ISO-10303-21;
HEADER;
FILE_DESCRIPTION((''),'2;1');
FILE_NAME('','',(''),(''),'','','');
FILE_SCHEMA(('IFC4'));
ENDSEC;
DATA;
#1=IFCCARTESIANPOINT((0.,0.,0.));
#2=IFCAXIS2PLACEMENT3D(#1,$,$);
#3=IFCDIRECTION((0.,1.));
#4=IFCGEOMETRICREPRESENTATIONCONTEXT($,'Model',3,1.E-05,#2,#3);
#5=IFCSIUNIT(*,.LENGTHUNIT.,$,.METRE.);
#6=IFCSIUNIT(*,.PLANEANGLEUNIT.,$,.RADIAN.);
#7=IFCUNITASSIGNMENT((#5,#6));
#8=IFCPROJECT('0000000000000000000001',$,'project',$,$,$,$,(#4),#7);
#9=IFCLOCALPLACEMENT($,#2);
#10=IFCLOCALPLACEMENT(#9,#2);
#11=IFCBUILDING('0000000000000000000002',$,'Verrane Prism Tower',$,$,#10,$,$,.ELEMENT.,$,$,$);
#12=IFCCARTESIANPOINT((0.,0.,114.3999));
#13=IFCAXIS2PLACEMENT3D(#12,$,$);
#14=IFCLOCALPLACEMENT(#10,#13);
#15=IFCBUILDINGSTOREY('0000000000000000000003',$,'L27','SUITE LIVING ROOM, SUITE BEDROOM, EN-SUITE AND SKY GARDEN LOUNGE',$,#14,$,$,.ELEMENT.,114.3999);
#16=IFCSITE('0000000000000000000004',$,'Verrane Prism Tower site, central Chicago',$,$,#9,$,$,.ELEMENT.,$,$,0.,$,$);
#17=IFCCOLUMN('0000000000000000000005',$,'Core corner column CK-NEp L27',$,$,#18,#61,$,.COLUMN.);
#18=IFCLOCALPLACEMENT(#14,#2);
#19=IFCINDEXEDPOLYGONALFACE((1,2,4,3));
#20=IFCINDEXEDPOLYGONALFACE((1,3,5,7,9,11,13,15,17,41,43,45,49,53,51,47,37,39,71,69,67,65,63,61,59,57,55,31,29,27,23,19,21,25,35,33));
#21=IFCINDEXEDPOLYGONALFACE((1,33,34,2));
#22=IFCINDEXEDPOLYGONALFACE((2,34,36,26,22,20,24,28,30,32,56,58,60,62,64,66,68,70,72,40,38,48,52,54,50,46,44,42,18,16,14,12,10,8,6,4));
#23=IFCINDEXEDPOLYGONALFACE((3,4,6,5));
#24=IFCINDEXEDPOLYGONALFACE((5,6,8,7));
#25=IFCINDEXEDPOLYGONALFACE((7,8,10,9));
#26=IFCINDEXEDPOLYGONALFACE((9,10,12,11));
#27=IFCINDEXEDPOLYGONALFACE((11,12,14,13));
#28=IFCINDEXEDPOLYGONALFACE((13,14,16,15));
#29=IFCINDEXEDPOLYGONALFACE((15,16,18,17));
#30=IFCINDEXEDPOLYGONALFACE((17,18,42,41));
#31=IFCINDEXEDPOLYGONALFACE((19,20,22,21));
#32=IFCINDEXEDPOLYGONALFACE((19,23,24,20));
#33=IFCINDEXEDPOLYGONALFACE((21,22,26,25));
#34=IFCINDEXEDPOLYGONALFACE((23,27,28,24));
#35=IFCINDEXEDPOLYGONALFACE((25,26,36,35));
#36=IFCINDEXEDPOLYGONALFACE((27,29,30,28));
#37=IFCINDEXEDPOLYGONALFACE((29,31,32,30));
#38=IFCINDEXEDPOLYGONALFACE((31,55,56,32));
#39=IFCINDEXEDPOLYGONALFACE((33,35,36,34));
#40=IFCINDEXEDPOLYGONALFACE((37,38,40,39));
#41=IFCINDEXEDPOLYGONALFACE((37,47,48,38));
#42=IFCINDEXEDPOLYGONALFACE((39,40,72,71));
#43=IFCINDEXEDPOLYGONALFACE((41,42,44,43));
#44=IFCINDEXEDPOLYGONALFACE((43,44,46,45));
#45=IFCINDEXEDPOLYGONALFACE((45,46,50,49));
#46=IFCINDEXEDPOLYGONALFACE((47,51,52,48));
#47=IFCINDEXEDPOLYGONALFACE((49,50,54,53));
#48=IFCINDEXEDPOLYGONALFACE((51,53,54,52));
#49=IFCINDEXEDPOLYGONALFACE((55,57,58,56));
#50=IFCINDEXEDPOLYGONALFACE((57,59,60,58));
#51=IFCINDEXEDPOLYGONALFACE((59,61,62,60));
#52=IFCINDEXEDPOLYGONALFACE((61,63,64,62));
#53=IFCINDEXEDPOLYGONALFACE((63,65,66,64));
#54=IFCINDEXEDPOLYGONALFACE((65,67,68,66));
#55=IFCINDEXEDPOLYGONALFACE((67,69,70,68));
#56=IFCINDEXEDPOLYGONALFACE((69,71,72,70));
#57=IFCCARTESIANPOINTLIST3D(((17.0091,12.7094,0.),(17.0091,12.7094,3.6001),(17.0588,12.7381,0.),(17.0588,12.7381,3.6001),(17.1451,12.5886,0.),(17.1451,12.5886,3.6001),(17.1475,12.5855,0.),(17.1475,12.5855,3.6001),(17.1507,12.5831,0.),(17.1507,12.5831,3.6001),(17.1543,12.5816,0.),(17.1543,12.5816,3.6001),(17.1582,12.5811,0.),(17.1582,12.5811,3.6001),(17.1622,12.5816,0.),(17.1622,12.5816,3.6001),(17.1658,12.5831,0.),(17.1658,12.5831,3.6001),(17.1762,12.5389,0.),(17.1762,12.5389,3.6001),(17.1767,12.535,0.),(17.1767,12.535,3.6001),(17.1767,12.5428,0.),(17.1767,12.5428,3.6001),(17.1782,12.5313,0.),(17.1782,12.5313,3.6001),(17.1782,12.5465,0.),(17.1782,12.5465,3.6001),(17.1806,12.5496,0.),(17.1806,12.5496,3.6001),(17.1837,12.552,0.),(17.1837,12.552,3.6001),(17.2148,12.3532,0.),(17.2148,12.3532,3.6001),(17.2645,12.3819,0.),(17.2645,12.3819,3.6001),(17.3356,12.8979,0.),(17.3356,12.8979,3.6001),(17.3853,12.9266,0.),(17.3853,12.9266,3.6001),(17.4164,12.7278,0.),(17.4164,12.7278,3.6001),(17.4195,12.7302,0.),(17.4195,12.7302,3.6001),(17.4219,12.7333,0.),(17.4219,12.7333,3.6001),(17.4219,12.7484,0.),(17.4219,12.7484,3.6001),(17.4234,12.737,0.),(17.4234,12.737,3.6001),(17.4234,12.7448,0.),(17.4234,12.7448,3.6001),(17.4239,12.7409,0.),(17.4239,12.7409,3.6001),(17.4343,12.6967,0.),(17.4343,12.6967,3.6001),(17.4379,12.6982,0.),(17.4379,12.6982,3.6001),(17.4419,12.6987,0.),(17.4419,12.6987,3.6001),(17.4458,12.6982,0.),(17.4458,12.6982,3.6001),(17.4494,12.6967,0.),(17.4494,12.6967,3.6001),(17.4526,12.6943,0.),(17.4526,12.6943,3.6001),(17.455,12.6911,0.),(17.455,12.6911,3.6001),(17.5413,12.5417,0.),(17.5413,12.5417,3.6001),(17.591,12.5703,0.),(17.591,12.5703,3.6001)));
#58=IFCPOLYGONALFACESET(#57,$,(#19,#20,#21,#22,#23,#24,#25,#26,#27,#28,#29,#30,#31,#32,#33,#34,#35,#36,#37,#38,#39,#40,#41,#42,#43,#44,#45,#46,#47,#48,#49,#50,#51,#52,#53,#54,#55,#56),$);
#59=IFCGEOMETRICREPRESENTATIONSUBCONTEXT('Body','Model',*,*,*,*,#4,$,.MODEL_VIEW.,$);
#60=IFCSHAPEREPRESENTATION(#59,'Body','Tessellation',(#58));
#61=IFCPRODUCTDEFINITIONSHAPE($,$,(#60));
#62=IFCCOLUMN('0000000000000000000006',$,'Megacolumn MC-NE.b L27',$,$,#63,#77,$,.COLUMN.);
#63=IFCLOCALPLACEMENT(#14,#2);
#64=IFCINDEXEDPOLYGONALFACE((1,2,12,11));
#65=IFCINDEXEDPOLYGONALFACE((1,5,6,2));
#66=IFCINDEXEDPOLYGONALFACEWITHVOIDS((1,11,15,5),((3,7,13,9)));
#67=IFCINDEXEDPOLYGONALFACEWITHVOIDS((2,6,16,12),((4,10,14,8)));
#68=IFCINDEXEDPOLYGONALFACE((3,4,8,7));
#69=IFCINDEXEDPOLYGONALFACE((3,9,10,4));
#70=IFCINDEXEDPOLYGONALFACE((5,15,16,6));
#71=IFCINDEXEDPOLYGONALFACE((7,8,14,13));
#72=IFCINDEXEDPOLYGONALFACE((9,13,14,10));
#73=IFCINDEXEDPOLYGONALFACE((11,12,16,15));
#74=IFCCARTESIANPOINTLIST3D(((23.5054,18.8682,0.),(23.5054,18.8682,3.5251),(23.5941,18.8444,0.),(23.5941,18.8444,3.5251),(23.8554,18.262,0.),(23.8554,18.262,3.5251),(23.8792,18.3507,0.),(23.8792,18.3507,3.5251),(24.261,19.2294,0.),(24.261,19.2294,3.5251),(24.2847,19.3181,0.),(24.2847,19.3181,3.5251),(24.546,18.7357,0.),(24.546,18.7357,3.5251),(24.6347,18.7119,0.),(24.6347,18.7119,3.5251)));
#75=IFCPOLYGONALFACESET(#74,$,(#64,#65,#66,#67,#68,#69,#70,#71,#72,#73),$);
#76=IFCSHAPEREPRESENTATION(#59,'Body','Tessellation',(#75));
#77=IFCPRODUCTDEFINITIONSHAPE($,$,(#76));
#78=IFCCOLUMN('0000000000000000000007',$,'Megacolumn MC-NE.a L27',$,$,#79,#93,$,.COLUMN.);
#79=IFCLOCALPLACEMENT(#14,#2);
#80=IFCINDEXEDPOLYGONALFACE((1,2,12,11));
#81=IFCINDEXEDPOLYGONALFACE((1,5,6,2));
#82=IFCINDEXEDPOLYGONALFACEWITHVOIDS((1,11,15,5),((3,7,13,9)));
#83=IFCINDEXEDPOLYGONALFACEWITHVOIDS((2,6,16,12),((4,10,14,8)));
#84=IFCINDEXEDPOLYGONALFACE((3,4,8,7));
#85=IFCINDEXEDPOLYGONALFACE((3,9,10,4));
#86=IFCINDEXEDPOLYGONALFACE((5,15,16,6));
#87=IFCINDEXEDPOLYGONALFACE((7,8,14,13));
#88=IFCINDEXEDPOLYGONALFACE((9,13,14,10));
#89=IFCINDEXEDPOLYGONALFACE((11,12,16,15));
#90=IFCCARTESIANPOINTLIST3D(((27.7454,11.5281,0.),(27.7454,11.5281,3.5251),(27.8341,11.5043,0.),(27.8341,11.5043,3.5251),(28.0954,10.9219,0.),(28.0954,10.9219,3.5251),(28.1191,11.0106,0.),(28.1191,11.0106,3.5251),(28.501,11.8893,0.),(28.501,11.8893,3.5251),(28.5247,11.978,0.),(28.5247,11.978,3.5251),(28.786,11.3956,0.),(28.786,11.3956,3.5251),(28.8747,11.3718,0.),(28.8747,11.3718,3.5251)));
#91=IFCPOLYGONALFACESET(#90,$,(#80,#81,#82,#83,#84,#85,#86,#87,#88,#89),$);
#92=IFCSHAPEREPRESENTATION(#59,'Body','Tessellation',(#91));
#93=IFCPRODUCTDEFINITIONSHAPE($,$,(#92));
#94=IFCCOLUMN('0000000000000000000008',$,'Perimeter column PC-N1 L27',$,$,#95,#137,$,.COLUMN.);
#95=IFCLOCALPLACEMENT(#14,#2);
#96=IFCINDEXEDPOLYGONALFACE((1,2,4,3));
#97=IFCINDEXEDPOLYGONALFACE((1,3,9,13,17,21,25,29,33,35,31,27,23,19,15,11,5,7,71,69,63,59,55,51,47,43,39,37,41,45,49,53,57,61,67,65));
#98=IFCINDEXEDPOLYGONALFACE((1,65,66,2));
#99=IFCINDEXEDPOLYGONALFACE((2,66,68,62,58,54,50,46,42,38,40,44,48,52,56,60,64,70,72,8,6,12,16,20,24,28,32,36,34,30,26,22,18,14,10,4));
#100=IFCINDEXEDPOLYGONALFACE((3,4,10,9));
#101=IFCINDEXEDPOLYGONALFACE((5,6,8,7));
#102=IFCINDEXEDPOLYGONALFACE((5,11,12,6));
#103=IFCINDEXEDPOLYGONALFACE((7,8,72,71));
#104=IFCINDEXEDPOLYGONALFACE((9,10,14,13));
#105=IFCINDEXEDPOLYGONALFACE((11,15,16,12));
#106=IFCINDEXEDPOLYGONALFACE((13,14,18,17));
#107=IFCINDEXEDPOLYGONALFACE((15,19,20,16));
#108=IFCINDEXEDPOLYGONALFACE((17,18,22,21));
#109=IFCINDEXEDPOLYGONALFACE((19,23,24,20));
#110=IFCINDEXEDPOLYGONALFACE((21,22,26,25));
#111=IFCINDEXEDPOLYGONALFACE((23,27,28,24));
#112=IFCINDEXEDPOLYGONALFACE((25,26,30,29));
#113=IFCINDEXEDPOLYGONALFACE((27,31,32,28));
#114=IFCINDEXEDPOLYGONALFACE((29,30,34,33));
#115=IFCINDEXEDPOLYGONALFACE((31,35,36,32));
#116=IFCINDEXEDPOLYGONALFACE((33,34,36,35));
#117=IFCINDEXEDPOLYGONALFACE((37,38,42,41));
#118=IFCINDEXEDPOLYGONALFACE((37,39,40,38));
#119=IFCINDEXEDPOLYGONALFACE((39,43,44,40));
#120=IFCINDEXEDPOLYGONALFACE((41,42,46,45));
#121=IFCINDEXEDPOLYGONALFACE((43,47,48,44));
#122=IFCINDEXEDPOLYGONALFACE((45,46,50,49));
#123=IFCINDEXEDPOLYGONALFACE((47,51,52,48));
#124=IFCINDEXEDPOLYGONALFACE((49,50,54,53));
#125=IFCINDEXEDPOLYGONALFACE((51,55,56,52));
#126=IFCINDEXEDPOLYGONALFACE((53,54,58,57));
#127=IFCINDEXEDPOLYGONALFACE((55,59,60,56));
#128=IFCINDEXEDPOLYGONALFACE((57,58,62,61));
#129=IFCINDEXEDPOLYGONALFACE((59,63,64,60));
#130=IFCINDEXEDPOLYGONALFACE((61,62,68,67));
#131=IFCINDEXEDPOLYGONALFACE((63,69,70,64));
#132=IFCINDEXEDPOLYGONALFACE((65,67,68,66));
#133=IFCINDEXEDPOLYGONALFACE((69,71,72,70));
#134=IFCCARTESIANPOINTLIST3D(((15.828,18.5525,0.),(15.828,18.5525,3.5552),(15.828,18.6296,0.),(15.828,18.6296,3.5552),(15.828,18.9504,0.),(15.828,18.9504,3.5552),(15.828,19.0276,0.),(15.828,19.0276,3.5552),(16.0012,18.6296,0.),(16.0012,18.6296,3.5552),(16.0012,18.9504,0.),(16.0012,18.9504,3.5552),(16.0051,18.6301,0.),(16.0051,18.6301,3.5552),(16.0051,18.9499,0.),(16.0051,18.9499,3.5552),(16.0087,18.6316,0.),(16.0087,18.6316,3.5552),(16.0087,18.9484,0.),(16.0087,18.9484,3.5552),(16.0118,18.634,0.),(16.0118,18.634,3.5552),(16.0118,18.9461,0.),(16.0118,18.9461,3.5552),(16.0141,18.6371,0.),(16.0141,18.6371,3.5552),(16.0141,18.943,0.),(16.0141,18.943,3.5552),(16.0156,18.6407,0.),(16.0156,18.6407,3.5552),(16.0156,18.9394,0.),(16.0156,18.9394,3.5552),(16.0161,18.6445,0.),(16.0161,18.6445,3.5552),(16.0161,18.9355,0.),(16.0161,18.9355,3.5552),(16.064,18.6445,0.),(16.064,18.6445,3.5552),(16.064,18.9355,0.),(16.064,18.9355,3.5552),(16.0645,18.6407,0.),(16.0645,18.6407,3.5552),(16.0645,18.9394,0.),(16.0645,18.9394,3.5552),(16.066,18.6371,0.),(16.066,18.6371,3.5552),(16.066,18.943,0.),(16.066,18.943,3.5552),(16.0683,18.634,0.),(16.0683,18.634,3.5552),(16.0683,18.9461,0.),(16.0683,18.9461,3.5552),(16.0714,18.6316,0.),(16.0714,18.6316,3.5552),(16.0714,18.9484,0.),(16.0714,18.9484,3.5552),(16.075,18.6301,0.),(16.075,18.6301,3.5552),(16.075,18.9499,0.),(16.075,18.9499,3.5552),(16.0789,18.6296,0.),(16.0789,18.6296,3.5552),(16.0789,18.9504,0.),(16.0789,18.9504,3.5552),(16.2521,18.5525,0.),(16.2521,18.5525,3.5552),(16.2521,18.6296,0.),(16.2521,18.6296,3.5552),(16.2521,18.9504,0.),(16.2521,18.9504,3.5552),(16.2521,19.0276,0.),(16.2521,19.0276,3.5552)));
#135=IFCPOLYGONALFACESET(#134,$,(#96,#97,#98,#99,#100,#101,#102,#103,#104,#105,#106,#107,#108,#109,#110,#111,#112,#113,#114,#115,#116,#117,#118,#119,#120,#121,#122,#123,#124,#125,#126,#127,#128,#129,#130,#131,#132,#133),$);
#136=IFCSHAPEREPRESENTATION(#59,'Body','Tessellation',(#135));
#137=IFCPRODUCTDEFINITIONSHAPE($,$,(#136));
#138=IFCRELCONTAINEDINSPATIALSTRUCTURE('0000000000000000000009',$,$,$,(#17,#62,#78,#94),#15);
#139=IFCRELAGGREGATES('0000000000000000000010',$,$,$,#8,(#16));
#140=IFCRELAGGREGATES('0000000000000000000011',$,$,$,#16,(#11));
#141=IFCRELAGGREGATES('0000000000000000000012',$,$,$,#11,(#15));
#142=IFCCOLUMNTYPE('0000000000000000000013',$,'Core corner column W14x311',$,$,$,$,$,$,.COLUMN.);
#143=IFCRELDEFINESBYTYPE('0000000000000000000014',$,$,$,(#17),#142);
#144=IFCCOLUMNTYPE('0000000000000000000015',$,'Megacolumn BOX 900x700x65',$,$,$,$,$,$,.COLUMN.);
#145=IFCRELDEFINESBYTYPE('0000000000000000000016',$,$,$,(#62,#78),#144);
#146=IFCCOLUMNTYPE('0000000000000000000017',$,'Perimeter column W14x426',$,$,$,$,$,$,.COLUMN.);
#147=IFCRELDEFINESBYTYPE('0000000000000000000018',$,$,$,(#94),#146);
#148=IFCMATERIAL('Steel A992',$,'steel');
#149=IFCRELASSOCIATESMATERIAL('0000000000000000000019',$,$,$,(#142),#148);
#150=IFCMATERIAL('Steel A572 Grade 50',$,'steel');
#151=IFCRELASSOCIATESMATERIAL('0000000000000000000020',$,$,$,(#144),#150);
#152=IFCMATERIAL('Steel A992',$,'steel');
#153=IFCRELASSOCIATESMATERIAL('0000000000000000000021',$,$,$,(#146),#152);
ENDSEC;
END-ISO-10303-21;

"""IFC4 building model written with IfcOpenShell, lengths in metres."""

from ifc_helpers import new_model, si_unit, direction, frame, origin, origin_2d, place, context, subcontext, project, spatial, hollow_rectangle, i_section, extrude, material, material_profile, profile_set, type_object, element, save


model = new_model("IFC4")

# Units and contexts
model_context = context("Model", 3, precision=1e-05, world=origin(), true_north=direction((0.0, 1.0)))
body_context = subcontext(model_context, "Body", "Model", "MODEL_VIEW")
ifc_project = project(units=[si_unit("LENGTHUNIT", "METRE"), si_unit("PLANEANGLEUNIT", "RADIAN")], contexts=[model_context])

# Site, building, storey
site_placement = place(None, origin())
site = spatial("IfcSite", under=ifc_project, at=site_placement, Name="Verrane Prism Tower site, central Chicago", CompositionType="ELEMENT", RefElevation=0.0)
building_placement = place(site_placement, origin())
building = spatial("IfcBuilding", under=site, at=building_placement, Name="Verrane Prism Tower", CompositionType="ELEMENT")
storey_placement = place(building_placement, frame((0.0, 0.0, 114.3999)))
storey = spatial("IfcBuildingStorey", under=building, at=storey_placement, Name="L27", Description="SUITE LIVING ROOM, SUITE BEDROOM, EN-SUITE AND SKY GARDEN LOUNGE", CompositionType="ELEMENT", Elevation=114.3999)

# Columns
ifc_material_1 = material(Name="Steel A992", Category="steel")
ifc_material_profile_1 = material_profile(ifc_material_1, i_section(OverallWidth=0.4114, OverallDepth=0.4343, WebThickness=0.0359, FlangeThickness=0.0574, FilletRadius=0.0151, at=origin_2d()), Name="W14x311")
ifc_profile_set_1 = profile_set([ifc_material_profile_1], Name="Steel A992")
column_type_1 = type_object("IfcColumnType", Name="Core corner column W14x311", PredefinedType="COLUMN", material=ifc_profile_set_1)
column_1_placement = place(storey_placement, frame((17.3, 12.6399, 0.0), z_axis=(0.0, 0.0, 1.0), x_axis=(0.5, -0.866025, 0.0)))
element("IfcColumn", 1, at=column_1_placement, inside=storey, type_object=column_type_1, Name="Core corner column CK-NEp L27", PredefinedType="COLUMN", context=body_context, shape_type="SweptSolid", body=[
    extrude(i_section(OverallWidth=0.4114, OverallDepth=0.4343, WebThickness=0.0359, FlangeThickness=0.0574, FilletRadius=0.0151, at=origin_2d()), origin(), (0.0, 0.0, 1.0), 3.6001),
])
ifc_material_2 = material(Name="Steel A572 Grade 50", Category="steel")
ifc_material_profile_2 = material_profile(ifc_material_2, hollow_rectangle(XDim=0.7, YDim=0.8999, WallThickness=0.0649, at=origin_2d()), Name="BOX 900x700x65")
ifc_profile_set_2 = profile_set([ifc_material_profile_2], Name="Steel A572 Grade 50")
column_type_2 = type_object("IfcColumnType", Name="Megacolumn BOX 900x700x65", PredefinedType="COLUMN", material=ifc_profile_set_2)
for number, where, z_axis, x_axis, name in (
    (2, (24.0701, 18.79, 0.0), (0.0, 0.0, 1.0), (0.5, -0.866025, 0.0), "Megacolumn MC-NE.b L27"),
    (3, (28.3101, 11.45, 0.0), (0.0, 0.0, 1.0), (0.5, -0.866025, 0.0), "Megacolumn MC-NE.a L27"),
):
    element("IfcColumn", number, at=place(storey_placement, frame(where, z_axis=z_axis, x_axis=x_axis)), inside=storey, type_object=column_type_2, Name=name, PredefinedType="COLUMN", context=body_context, shape_type="SweptSolid", body=[
        extrude(hollow_rectangle(XDim=0.7, YDim=0.8999, WallThickness=0.0649, at=origin_2d()), origin(), (0.0, 0.0, 1.0), 3.5251),
    ])
ifc_material_3 = material(Name="Steel A992", Category="steel")
ifc_material_profile_3 = material_profile(ifc_material_3, i_section(OverallWidth=0.4241, OverallDepth=0.4751, WebThickness=0.0479, FlangeThickness=0.0771, FilletRadius=0.0149, at=origin_2d()), Name="W14x426")
ifc_profile_set_3 = profile_set([ifc_material_profile_3], Name="Steel A992")
column_type_3 = type_object("IfcColumnType", Name="Perimeter column W14x426", PredefinedType="COLUMN", material=ifc_profile_set_3)
column_2_placement = place(storey_placement, frame((16.04, 18.79, 0.0), z_axis=(0.0, 0.0, 1.0), x_axis=(1.0, 0.0, 0.0)))
element("IfcColumn", 4, at=column_2_placement, inside=storey, type_object=column_type_3, Name="Perimeter column PC-N1 L27", PredefinedType="COLUMN", context=body_context, shape_type="SweptSolid", body=[
    extrude(i_section(OverallWidth=0.4241, OverallDepth=0.4751, WebThickness=0.0479, FlangeThickness=0.0771, FilletRadius=0.0149, at=origin_2d()), origin(), (0.0, 0.0, 1.0), 3.5552),
])

save(model, "model.ifc")
